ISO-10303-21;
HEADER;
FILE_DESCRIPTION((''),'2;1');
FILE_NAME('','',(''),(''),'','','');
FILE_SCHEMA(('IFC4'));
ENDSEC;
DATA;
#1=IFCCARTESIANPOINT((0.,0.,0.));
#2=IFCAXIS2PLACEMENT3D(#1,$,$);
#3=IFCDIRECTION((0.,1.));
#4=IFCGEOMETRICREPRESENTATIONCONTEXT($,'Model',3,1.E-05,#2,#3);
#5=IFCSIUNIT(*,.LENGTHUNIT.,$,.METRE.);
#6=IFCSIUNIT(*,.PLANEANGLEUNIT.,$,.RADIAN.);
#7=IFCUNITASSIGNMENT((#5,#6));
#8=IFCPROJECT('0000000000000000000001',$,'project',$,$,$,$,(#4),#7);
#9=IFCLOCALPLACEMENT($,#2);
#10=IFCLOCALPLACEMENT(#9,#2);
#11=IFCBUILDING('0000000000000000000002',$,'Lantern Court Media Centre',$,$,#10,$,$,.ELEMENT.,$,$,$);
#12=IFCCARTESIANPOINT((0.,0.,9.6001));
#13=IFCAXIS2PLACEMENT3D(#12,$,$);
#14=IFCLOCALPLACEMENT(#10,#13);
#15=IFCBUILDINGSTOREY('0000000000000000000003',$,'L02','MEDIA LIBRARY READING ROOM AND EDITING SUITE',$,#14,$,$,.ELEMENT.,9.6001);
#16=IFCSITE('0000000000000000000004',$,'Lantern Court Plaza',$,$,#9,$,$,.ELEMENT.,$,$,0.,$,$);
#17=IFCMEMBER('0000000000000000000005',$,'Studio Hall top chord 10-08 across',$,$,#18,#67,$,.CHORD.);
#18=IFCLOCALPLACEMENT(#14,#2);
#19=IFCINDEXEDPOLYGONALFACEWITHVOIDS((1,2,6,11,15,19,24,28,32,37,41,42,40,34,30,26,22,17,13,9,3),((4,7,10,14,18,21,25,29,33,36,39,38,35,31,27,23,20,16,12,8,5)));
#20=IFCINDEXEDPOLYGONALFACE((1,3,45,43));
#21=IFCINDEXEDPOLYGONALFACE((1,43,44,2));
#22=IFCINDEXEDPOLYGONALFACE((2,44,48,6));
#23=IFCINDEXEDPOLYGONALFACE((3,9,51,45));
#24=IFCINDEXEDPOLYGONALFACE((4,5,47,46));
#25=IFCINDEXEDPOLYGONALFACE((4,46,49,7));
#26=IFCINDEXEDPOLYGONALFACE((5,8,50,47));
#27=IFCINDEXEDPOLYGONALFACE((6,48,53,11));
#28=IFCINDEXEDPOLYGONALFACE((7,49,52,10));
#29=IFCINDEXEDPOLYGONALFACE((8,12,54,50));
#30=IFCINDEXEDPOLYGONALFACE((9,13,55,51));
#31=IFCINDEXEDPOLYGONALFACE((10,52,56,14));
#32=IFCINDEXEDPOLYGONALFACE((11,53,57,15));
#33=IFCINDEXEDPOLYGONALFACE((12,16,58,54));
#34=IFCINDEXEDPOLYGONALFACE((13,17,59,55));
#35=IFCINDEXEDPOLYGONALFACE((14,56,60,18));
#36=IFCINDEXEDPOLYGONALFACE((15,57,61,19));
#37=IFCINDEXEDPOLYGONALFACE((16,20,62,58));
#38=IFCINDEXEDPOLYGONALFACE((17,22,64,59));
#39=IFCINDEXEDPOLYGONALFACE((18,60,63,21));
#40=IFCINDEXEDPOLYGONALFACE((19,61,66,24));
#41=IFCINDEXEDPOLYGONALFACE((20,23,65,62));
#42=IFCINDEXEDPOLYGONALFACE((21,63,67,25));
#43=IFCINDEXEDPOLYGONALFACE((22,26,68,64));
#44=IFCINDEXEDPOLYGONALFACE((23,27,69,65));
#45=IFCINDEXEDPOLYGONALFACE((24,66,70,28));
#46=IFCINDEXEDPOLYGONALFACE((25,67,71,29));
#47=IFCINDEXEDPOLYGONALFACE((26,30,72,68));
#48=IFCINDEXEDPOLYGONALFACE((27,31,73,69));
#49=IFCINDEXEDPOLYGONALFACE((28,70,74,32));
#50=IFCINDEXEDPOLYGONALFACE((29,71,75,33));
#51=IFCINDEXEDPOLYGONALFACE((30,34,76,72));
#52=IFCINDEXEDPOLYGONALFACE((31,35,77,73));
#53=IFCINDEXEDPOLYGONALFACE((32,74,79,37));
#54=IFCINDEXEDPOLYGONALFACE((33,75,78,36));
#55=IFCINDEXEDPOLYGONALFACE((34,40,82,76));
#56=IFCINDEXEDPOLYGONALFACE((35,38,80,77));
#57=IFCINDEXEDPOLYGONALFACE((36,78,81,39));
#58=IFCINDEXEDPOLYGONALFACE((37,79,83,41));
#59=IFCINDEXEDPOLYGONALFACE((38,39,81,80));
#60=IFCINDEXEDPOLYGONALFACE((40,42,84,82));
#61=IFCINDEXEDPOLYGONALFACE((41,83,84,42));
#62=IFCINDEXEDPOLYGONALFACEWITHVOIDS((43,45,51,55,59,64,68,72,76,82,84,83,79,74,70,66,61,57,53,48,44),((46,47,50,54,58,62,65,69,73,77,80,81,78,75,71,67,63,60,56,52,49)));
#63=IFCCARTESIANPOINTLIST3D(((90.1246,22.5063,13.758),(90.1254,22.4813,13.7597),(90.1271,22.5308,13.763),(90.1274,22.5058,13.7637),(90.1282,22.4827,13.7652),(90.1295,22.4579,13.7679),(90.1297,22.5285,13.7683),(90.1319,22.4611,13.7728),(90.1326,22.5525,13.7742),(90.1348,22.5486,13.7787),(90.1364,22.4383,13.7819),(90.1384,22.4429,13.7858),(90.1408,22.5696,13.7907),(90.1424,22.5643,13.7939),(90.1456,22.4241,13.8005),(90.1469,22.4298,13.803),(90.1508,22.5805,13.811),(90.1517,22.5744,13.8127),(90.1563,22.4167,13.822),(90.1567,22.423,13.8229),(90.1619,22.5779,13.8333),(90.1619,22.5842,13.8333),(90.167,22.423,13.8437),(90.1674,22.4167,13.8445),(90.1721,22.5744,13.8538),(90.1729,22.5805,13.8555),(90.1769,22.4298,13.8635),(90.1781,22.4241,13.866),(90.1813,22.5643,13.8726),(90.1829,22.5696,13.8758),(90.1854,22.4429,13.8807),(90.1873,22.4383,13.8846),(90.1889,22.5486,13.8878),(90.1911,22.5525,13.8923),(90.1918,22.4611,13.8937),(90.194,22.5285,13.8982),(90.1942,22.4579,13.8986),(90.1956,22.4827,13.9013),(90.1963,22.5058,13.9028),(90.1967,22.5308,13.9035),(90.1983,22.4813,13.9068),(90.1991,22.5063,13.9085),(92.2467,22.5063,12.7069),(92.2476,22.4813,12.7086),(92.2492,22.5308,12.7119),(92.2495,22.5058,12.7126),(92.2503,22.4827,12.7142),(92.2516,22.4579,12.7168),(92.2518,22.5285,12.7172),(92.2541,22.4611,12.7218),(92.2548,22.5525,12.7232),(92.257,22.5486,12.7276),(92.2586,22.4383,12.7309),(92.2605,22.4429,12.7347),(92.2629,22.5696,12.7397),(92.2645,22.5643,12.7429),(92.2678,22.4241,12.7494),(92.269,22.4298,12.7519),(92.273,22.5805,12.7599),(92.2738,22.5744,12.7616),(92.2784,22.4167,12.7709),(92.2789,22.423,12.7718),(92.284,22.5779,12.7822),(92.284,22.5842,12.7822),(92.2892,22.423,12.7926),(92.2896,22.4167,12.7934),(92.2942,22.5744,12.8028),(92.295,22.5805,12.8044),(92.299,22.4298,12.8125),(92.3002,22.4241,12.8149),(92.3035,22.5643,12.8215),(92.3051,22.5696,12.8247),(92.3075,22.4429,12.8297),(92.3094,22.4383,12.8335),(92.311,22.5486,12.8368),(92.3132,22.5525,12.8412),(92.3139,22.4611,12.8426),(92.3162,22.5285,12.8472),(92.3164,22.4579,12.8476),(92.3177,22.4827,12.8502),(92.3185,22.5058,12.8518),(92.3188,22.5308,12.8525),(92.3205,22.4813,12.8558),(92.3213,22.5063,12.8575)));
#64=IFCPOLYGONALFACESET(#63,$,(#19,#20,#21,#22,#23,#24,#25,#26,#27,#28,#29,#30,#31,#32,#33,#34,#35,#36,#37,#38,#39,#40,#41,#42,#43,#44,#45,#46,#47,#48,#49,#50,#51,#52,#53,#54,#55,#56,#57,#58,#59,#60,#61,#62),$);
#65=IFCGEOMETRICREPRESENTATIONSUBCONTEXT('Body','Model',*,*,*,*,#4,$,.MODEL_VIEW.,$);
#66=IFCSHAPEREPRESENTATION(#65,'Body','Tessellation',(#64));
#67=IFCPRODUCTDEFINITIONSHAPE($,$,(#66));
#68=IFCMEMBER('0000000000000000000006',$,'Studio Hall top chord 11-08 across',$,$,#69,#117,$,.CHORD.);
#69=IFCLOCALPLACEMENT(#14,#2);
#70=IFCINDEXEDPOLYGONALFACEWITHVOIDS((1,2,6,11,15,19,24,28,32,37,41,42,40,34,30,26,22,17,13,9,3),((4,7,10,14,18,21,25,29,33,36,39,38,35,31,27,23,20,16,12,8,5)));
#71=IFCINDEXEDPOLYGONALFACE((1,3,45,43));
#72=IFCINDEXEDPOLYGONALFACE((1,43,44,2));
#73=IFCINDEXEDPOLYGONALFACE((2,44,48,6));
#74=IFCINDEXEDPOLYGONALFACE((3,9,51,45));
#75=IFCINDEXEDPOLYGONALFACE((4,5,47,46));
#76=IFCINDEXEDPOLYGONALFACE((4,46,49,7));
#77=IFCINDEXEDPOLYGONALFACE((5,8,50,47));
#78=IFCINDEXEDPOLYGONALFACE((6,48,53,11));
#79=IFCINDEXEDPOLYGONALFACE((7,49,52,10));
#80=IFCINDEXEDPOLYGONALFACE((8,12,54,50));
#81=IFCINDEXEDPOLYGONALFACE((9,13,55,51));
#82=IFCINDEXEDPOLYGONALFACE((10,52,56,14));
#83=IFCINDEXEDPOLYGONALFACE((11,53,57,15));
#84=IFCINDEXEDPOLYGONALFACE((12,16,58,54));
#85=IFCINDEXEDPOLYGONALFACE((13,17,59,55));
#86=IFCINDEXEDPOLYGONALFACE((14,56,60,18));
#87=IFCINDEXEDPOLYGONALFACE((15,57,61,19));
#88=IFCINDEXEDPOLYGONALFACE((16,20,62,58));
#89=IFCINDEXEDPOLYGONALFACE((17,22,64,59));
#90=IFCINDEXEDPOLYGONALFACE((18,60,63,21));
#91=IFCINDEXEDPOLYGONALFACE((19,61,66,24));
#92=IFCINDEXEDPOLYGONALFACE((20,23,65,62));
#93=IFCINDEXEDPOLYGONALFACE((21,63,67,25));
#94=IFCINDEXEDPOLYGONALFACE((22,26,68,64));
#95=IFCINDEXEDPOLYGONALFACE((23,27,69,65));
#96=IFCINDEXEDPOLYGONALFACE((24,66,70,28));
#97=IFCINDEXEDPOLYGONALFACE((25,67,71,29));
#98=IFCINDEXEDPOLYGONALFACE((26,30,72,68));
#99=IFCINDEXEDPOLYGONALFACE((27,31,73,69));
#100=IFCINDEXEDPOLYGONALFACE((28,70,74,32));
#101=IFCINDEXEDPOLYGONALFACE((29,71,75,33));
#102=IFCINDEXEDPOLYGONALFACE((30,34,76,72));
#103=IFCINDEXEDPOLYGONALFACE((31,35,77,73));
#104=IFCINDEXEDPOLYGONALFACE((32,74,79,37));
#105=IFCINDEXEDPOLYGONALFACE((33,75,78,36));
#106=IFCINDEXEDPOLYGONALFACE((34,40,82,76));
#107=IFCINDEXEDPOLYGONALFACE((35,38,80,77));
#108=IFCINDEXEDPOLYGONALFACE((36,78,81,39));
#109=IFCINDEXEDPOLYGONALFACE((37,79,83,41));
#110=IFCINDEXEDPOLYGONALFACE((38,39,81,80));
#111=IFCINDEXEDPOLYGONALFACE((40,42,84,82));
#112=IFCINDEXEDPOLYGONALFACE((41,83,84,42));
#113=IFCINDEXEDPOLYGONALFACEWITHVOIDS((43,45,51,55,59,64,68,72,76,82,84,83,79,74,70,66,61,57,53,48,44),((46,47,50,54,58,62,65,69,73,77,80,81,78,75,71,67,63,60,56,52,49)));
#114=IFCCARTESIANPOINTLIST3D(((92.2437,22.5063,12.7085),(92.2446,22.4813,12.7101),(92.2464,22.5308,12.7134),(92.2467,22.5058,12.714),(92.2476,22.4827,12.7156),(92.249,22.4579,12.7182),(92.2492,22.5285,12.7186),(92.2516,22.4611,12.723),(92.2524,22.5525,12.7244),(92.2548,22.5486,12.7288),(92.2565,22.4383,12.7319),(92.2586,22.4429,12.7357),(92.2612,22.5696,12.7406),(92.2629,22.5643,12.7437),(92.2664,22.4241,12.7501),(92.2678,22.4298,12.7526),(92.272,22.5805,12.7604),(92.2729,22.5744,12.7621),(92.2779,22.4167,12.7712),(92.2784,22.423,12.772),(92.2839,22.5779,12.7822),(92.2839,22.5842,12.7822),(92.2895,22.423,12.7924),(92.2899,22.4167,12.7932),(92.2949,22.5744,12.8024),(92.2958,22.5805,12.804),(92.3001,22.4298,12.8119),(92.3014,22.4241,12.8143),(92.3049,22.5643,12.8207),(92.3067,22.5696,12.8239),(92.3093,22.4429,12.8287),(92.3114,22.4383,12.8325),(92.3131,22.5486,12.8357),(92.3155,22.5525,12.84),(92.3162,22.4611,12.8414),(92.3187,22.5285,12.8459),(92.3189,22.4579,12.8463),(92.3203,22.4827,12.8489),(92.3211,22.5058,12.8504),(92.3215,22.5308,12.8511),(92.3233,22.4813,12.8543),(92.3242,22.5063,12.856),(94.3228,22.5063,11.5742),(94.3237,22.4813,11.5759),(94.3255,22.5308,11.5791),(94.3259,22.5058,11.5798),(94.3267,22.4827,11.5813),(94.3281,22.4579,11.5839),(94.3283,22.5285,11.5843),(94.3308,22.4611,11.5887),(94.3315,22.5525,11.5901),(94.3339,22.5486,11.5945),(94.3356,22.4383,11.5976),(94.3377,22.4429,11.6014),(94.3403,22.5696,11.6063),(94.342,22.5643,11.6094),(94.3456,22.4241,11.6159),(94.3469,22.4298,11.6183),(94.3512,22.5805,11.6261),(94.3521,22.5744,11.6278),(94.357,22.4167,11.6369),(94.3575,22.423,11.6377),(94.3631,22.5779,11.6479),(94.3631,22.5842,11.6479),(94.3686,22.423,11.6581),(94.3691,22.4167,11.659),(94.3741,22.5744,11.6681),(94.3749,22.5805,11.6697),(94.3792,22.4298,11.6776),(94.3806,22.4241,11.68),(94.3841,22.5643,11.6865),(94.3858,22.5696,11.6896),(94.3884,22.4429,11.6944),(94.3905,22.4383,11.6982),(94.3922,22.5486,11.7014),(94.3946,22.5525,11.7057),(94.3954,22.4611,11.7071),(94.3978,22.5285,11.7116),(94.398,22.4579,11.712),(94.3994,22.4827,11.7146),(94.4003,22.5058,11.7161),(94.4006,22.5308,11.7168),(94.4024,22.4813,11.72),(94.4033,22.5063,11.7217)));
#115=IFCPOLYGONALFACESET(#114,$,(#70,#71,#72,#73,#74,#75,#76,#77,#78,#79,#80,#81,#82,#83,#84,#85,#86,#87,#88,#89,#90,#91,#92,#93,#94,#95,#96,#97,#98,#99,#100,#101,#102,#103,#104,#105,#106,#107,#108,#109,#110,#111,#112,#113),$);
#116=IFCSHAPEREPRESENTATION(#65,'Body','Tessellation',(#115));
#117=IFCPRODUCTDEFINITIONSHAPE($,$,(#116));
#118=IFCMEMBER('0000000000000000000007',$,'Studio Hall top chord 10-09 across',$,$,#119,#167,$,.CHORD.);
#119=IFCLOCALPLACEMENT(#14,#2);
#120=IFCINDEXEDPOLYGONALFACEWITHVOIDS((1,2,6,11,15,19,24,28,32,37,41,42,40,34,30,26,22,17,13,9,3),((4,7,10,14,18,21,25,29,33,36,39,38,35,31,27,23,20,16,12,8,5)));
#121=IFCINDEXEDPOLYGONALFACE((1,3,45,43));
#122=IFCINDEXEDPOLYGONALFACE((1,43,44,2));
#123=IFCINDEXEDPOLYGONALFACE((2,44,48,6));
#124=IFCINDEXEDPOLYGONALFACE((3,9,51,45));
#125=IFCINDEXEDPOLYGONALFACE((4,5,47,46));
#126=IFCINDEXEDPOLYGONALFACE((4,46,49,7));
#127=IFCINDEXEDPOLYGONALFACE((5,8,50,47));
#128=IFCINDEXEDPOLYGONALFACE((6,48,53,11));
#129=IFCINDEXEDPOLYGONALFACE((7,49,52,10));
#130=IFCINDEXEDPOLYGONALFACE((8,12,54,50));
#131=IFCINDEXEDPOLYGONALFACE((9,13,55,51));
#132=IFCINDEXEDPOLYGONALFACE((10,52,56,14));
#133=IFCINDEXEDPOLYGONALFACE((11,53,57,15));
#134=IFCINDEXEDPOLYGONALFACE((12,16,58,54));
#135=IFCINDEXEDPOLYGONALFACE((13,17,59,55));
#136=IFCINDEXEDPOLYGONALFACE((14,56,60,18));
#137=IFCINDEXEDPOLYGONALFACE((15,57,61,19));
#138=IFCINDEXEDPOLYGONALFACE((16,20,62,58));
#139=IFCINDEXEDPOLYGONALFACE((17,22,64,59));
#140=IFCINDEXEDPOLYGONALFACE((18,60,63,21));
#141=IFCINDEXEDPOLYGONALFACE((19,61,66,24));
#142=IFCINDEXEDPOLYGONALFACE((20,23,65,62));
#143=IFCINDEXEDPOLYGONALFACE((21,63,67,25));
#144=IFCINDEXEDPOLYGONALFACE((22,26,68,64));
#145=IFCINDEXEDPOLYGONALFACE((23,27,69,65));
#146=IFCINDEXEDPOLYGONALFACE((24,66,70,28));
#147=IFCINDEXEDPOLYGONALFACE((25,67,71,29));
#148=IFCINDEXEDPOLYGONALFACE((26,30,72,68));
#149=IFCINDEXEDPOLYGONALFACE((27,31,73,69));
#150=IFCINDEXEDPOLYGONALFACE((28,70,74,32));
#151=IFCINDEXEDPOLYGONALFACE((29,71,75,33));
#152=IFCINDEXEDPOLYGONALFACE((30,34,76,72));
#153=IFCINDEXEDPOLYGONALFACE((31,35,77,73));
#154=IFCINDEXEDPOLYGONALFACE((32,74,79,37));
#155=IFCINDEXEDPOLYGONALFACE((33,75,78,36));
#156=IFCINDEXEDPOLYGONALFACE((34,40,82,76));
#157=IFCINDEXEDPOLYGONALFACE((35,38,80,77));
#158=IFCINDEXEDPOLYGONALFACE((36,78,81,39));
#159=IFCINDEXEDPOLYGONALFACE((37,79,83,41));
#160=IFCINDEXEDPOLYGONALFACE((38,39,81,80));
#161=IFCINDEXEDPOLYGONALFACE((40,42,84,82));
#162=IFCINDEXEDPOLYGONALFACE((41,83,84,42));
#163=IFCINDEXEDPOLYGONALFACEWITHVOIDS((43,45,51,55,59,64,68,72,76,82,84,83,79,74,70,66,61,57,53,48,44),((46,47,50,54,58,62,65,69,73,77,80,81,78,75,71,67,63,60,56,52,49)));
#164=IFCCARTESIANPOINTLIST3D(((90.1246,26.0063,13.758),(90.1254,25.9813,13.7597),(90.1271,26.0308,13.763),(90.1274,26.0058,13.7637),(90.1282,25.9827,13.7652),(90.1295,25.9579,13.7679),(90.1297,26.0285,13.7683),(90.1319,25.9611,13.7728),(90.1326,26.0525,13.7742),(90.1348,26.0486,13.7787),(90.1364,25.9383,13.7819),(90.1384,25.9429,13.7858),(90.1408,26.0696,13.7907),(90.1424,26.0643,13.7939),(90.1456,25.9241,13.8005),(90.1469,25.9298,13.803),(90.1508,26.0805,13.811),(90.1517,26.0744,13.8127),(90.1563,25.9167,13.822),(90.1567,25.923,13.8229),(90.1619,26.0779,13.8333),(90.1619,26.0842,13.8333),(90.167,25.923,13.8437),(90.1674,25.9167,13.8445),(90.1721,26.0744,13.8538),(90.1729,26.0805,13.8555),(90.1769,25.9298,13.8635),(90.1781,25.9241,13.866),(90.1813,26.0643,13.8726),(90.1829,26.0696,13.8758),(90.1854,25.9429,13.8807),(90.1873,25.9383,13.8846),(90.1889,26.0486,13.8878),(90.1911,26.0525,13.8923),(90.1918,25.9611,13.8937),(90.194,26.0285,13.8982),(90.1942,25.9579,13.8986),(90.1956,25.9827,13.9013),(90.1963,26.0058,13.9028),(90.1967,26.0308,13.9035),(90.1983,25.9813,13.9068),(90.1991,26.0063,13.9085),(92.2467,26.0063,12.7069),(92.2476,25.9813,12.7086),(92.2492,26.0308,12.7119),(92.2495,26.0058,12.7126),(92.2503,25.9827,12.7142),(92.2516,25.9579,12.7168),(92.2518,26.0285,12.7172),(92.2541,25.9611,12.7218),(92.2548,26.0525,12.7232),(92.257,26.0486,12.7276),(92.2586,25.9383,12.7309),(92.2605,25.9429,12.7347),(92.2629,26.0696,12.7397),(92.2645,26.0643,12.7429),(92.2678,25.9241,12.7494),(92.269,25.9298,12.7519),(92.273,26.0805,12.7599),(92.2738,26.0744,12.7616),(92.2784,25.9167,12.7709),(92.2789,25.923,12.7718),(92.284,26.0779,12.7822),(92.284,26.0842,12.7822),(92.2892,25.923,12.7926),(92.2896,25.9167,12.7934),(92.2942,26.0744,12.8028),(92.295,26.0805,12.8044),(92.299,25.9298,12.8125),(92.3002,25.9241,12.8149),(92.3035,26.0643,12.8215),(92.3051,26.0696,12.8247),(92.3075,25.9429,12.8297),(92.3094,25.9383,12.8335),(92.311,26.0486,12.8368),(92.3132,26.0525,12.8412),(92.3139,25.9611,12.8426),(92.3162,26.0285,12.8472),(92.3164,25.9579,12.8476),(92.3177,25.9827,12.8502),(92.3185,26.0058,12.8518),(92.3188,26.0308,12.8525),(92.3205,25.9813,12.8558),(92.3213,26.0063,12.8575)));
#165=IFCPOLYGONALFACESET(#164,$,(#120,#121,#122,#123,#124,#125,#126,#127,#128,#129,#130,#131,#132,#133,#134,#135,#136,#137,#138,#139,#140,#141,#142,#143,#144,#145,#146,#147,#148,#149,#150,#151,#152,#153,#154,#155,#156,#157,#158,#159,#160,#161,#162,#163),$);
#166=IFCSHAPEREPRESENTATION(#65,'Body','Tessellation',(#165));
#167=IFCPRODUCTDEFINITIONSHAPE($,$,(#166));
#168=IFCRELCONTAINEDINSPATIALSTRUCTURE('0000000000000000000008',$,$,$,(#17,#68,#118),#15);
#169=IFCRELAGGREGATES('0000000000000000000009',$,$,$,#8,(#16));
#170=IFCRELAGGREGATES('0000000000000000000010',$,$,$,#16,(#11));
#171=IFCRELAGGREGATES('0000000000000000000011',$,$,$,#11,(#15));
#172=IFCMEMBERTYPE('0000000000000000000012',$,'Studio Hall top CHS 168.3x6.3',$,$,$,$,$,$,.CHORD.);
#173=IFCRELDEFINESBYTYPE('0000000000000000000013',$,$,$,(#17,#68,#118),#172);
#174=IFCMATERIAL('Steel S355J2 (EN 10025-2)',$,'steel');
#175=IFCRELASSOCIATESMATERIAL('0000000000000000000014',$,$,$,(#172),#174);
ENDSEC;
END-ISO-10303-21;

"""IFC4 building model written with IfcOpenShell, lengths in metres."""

from ifc_helpers import new_model, si_unit, direction, frame, origin, origin_2d, place, context, subcontext, project, spatial, hollow_circle, extrude, material, material_profile, profile_set, type_object, element, save


model = new_model("IFC4")

# Units and contexts
model_context = context("Model", 3, precision=1e-05, world=origin(), true_north=direction((0.0, 1.0)))
body_context = subcontext(model_context, "Body", "Model", "MODEL_VIEW")
ifc_project = project(units=[si_unit("LENGTHUNIT", "METRE"), si_unit("PLANEANGLEUNIT", "RADIAN")], contexts=[model_context])

# Site, building, storey
site_placement = place(None, origin())
site = spatial("IfcSite", under=ifc_project, at=site_placement, Name="Lantern Court Plaza", CompositionType="ELEMENT", RefElevation=0.0)
building_placement = place(site_placement, origin())
building = spatial("IfcBuilding", under=site, at=building_placement, Name="Lantern Court Media Centre", CompositionType="ELEMENT")
storey_placement = place(building_placement, frame((0.0, 0.0, 9.6001)))
storey = spatial("IfcBuildingStorey", under=building, at=storey_placement, Name="L02", Description="MEDIA LIBRARY READING ROOM AND EDITING SUITE", CompositionType="ELEMENT", Elevation=9.6001)

# Members
ifc_material = material(Name="Steel S355J2 (EN 10025-2)", Category="steel")
ifc_material_profile_1 = material_profile(ifc_material, hollow_circle(Radius=0.0842, WallThickness=0.0063, at=origin_2d()), Name="Studio Hall top CHS 168.3x6.3")
ifc_profile_set_1 = profile_set([ifc_material_profile_1], Name="Steel S355J2 (EN 10025-2)")
member_type_1 = type_object("IfcMemberType", Name="Studio Hall top CHS 168.3x6.3", PredefinedType="CHORD", material=ifc_profile_set_1)
member_1_placement = place(storey_placement, frame((90.1619, 22.5, 13.8333), z_axis=(0.896112, 0.0, -0.443829), x_axis=(0.0, 1.0, 0.0)))
element("IfcMember", 1, at=member_1_placement, inside=storey, type_object=member_type_1, Name="Studio Hall top chord 10-08 across", PredefinedType="CHORD", context=body_context, shape_type="SweptSolid", body=[
    extrude(hollow_circle(Radius=0.0842, WallThickness=0.0063, at=origin_2d()), origin(), (0.0, 0.0, 1.0), 2.3682),
])
member_2_placement = place(storey_placement, frame((92.2839, 22.5, 12.7822), z_axis=(0.877856, 0.0, -0.478924), x_axis=(0.0, 1.0, 0.0)))
element("IfcMember", 2, at=member_2_placement, inside=storey, type_object=member_type_1, Name="Studio Hall top chord 11-08 across", PredefinedType="CHORD", context=body_context, shape_type="SweptSolid", body=[
    extrude(hollow_circle(Radius=0.0842, WallThickness=0.0063, at=origin_2d()), origin(), (0.0, 0.0, 1.0), 2.3684),
])
member_3_placement = place(storey_placement, frame((90.1619, 26.0, 13.8333), z_axis=(0.896112, 0.0, -0.443829), x_axis=(0.0, 1.0, 0.0)))
element("IfcMember", 3, at=member_3_placement, inside=storey, type_object=member_type_1, Name="Studio Hall top chord 10-09 across", PredefinedType="CHORD", context=body_context, shape_type="SweptSolid", body=[
    extrude(hollow_circle(Radius=0.0842, WallThickness=0.0063, at=origin_2d()), origin(), (0.0, 0.0, 1.0), 2.3682),
])

save(model, "model.ifc")
